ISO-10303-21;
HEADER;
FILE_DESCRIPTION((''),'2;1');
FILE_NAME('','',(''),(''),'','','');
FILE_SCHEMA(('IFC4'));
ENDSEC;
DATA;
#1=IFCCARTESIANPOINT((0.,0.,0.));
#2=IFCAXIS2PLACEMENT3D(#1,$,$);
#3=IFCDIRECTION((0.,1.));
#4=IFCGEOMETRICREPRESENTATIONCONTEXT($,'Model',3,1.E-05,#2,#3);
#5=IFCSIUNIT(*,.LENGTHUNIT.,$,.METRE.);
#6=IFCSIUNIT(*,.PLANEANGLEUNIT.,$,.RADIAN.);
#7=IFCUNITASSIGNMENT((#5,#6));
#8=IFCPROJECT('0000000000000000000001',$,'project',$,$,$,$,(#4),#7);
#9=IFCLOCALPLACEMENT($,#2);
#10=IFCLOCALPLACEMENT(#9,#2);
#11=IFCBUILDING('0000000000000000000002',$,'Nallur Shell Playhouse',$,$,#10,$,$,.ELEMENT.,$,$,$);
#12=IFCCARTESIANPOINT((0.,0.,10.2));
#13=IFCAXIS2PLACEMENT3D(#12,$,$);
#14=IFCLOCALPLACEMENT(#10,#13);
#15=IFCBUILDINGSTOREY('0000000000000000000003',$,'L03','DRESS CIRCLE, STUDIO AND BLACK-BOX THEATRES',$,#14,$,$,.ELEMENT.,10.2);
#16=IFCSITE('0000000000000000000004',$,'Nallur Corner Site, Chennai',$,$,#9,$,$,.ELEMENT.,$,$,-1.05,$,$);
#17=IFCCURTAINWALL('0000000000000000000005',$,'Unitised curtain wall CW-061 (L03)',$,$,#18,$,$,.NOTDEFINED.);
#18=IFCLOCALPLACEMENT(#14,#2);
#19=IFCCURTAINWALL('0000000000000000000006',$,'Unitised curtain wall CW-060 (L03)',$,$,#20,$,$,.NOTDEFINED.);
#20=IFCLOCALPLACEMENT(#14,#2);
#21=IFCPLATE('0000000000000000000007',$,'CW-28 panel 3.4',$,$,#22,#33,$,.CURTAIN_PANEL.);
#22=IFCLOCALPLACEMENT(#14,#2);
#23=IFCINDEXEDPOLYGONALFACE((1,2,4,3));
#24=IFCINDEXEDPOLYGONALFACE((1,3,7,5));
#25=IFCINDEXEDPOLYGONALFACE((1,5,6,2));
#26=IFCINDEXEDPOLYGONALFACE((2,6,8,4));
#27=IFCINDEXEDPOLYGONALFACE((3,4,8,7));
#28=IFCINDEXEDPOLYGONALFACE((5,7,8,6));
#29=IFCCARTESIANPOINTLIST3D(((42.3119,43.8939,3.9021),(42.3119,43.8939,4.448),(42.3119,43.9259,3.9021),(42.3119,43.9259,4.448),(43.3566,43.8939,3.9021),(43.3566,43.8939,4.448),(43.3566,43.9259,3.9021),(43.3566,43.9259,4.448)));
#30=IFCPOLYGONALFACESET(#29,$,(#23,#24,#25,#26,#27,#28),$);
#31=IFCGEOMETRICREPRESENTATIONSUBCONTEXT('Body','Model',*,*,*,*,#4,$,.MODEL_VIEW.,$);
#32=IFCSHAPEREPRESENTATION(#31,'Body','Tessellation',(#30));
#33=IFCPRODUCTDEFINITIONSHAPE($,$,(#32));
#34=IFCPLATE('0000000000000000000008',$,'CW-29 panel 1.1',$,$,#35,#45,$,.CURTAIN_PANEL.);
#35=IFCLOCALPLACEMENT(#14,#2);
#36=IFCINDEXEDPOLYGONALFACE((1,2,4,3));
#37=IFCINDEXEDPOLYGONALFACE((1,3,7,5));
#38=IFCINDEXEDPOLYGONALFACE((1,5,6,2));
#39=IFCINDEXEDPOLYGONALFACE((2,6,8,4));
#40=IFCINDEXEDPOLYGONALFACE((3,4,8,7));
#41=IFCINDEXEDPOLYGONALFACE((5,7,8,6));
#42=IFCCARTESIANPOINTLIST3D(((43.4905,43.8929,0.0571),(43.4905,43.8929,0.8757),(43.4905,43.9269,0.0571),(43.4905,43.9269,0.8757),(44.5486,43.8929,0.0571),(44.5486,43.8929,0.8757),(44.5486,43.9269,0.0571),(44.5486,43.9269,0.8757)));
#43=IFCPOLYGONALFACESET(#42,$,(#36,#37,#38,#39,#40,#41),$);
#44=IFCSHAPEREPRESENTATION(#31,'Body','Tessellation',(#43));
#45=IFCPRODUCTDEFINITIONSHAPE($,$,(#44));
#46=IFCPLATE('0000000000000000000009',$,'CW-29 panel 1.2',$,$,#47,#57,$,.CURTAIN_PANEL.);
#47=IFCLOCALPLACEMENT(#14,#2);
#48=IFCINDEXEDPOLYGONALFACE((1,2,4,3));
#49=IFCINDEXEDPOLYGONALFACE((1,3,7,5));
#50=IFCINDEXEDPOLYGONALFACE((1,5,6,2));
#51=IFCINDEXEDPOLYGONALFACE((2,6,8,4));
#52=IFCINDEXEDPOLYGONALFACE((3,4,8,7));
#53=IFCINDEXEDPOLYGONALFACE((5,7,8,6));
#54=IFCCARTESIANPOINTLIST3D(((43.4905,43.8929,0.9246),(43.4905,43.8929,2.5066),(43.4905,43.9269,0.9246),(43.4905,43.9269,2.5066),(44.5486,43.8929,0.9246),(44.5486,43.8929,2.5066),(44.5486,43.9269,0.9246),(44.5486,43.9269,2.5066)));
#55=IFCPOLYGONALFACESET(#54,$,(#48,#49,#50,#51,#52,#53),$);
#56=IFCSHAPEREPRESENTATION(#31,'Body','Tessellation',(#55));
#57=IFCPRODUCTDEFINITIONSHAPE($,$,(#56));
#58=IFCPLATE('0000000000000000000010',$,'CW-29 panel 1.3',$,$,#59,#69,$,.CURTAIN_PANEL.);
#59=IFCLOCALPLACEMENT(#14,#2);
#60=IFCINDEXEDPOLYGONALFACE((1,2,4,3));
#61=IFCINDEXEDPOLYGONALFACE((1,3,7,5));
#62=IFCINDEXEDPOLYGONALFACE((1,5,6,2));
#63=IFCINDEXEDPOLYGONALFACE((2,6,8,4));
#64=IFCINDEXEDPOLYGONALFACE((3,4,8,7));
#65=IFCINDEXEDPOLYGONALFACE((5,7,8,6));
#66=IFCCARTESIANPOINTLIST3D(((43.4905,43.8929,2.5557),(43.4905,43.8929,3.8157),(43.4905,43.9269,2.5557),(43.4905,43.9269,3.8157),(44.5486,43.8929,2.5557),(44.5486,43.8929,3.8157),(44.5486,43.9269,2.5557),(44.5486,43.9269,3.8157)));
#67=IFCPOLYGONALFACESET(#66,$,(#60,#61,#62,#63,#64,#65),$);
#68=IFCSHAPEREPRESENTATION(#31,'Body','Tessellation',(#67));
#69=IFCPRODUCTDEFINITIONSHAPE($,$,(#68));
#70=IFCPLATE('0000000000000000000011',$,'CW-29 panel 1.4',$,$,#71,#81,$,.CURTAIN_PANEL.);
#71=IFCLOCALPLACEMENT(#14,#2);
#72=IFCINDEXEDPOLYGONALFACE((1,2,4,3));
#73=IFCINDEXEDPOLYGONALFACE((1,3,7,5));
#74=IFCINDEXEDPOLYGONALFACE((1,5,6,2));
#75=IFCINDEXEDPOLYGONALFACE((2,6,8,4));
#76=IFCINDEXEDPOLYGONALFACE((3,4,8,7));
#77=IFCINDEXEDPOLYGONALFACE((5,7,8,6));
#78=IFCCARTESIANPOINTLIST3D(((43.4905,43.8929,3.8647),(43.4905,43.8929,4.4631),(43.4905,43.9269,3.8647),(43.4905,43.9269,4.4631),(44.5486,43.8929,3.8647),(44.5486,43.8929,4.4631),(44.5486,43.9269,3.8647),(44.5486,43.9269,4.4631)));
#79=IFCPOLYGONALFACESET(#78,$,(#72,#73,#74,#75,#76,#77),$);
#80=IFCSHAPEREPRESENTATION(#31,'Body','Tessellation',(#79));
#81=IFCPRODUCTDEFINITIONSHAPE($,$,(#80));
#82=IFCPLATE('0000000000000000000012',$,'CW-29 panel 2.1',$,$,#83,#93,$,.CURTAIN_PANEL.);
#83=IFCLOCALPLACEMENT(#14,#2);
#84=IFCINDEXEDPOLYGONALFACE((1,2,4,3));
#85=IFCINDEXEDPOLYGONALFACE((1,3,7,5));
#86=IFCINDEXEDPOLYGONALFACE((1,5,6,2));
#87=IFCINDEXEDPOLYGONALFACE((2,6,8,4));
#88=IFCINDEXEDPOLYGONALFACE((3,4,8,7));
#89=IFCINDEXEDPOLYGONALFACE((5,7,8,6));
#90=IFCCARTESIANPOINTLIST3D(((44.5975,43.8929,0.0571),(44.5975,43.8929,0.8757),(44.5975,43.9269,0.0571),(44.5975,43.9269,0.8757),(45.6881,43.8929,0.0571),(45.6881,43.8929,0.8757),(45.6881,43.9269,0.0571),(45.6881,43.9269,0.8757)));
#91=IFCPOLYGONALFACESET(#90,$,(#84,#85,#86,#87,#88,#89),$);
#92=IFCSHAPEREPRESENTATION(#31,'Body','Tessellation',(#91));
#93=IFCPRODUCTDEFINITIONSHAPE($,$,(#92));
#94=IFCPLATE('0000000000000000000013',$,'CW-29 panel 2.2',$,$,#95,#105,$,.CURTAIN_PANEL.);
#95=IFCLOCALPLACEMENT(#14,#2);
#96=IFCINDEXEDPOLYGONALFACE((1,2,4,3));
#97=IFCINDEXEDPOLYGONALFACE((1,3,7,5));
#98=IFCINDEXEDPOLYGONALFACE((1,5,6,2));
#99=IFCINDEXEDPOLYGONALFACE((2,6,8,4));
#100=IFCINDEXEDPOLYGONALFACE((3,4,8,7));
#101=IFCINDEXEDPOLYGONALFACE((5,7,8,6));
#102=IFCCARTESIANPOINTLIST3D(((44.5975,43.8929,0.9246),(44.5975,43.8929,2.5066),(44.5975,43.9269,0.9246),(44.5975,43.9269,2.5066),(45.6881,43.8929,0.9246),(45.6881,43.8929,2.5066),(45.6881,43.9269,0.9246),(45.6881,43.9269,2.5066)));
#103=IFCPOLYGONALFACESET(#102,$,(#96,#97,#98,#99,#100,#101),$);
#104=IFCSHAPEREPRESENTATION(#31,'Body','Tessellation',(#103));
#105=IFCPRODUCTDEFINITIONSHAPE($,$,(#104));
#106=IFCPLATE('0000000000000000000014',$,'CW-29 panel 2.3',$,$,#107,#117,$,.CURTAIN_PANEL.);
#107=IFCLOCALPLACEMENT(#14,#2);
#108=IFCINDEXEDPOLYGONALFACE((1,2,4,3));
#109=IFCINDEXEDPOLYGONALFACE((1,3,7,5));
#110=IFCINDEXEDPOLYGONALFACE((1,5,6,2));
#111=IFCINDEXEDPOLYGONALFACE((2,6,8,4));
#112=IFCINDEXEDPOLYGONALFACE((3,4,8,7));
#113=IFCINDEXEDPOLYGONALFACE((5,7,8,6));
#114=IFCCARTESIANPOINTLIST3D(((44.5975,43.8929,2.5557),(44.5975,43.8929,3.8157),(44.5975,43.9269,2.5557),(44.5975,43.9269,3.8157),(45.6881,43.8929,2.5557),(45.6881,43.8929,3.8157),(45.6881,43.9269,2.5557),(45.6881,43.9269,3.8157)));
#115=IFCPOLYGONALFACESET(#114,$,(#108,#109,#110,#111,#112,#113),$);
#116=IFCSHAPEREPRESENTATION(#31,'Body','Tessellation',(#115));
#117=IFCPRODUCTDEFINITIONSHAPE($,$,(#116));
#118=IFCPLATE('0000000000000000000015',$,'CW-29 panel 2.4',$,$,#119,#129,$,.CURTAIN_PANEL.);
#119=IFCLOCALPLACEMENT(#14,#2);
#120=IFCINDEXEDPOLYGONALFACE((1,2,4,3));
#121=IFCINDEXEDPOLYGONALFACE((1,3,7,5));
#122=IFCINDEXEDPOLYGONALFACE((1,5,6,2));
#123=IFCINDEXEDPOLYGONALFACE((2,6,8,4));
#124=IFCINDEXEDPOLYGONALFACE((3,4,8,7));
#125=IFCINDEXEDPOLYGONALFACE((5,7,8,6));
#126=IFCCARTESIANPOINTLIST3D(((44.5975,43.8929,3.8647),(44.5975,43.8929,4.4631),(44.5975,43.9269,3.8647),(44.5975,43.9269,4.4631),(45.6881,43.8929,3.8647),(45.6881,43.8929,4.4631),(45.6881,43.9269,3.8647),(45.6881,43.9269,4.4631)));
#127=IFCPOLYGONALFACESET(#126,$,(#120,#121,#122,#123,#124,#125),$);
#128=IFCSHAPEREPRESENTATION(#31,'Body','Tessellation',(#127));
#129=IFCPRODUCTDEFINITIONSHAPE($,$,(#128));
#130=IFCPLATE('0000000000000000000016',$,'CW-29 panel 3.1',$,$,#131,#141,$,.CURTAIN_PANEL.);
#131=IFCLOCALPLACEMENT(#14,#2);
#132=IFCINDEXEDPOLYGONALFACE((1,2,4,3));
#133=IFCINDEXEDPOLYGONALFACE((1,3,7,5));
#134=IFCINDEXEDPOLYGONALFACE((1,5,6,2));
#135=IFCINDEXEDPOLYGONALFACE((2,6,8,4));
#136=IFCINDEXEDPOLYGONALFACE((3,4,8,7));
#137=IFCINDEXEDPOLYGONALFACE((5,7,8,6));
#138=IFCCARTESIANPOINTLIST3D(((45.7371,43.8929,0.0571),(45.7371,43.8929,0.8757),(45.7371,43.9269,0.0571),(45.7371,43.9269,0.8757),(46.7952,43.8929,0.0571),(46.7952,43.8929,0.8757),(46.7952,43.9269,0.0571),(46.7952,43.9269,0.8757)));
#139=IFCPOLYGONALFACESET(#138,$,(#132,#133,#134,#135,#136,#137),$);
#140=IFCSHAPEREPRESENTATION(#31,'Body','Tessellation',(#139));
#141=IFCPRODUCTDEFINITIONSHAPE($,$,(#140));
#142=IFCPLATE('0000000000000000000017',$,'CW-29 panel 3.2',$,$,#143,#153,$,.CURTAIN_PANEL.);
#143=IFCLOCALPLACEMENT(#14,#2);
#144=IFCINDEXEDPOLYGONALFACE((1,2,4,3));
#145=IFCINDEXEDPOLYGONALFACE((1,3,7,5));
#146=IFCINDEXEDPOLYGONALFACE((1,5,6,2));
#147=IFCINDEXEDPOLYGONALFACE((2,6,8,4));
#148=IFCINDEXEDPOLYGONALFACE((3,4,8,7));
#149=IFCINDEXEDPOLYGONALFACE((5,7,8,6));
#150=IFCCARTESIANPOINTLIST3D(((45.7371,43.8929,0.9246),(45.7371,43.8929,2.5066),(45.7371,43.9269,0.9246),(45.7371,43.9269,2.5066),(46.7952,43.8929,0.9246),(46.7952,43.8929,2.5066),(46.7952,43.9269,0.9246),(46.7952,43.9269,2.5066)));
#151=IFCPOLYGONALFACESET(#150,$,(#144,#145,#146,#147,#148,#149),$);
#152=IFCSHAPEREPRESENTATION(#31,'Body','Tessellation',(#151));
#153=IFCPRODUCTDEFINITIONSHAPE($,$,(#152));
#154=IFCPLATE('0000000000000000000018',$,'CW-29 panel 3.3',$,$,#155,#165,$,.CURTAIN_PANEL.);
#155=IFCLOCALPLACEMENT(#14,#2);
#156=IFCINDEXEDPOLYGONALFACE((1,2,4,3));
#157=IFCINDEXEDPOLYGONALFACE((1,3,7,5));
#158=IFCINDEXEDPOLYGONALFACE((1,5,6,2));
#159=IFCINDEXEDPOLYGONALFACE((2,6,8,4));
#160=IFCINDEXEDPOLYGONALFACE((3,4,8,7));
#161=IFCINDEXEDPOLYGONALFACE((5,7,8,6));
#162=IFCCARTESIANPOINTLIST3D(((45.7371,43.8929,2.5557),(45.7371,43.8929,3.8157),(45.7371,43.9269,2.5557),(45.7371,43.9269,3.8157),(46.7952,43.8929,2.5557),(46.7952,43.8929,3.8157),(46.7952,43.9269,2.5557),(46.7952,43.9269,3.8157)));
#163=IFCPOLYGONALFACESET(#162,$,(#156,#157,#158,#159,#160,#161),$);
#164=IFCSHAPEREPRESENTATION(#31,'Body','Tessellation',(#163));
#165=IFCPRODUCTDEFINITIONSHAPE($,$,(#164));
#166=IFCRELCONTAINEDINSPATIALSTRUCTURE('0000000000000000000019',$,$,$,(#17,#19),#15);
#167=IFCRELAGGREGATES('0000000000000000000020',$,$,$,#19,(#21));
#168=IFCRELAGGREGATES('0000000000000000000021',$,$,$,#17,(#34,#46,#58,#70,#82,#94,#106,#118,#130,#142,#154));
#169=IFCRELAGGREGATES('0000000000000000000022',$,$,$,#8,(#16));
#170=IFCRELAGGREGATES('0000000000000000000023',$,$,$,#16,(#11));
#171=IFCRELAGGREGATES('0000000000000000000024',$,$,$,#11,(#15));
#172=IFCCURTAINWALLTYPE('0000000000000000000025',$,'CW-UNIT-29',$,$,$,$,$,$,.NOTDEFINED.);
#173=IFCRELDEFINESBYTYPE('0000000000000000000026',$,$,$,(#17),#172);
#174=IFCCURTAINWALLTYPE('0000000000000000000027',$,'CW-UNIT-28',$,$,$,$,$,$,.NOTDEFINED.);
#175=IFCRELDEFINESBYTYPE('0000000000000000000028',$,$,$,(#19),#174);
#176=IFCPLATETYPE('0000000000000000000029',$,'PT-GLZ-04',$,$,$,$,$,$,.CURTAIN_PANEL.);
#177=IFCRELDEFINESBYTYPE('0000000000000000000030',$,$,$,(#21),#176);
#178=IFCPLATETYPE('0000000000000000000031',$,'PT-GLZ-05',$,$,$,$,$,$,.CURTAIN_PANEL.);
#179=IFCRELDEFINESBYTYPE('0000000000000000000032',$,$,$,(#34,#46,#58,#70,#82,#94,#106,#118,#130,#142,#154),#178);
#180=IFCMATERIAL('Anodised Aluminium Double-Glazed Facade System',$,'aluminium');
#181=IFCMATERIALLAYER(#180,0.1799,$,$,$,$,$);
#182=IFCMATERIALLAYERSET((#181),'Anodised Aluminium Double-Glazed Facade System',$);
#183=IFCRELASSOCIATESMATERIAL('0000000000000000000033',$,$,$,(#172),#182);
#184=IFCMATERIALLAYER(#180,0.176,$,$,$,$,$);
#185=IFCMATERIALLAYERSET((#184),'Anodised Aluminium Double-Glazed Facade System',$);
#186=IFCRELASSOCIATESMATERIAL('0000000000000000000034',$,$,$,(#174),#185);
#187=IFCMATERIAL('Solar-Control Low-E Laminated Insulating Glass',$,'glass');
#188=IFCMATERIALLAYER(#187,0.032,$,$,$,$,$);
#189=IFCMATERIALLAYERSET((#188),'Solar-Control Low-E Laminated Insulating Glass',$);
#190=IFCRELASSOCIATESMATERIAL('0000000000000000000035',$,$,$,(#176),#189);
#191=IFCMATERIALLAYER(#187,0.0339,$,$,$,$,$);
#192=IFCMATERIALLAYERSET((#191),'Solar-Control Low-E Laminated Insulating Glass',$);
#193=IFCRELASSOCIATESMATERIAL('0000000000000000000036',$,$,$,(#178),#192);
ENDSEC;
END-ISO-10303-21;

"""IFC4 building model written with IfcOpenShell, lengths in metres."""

from ifc_helpers import new_model, si_unit, direction, frame, origin, origin_2d, place, context, subcontext, project, spatial, rectangle, extrude, material, layer, layer_set, type_object, element, aggregate, save


model = new_model("IFC4")

# Units and contexts
model_context = context("Model", 3, precision=1e-05, world=origin(), true_north=direction((0.0, 1.0)))
body_context = subcontext(model_context, "Body", "Model", "MODEL_VIEW")
ifc_project = project(units=[si_unit("LENGTHUNIT", "METRE"), si_unit("PLANEANGLEUNIT", "RADIAN")], contexts=[model_context])

# Site, building, storey
site_placement = place(None, origin())
site = spatial("IfcSite", under=ifc_project, at=site_placement, Name="Nallur Corner Site, Chennai", CompositionType="ELEMENT", RefElevation=-1.05)
building_placement = place(site_placement, origin())
building = spatial("IfcBuilding", under=site, at=building_placement, Name="Nallur Shell Playhouse", CompositionType="ELEMENT")
storey_placement = place(building_placement, frame((0.0, 0.0, 10.2)))
storey = spatial("IfcBuildingStorey", under=building, at=storey_placement, Name="L03", Description="DRESS CIRCLE, STUDIO AND BLACK-BOX THEATRES", CompositionType="ELEMENT", Elevation=10.2)

# Curtain wall
ifc_material_1 = material(Name="Anodised Aluminium Double-Glazed Facade System", Category="aluminium")
ifc_layer_1 = layer(ifc_material_1, 0.1799)
ifc_layer_set_1 = layer_set([ifc_layer_1], Name="Anodised Aluminium Double-Glazed Facade System")
curtain_wall_type_1 = type_object("IfcCurtainWallType", Name="CW-UNIT-29", PredefinedType="NOTDEFINED", material=ifc_layer_set_1)
curtain_wall_1_placement = place(storey_placement, origin())
curtain_wall_1 = element("IfcCurtainWall", 1, at=curtain_wall_1_placement, inside=storey, type_object=curtain_wall_type_1, Name="Unitised curtain wall CW-061 (L03)", PredefinedType="NOTDEFINED")

# Curtain wall
ifc_layer_2 = layer(ifc_material_1, 0.176)
ifc_layer_set_2 = layer_set([ifc_layer_2], Name="Anodised Aluminium Double-Glazed Facade System")
curtain_wall_type_2 = type_object("IfcCurtainWallType", Name="CW-UNIT-28", PredefinedType="NOTDEFINED", material=ifc_layer_set_2)
curtain_wall_2_placement = place(storey_placement, origin())
curtain_wall_2 = element("IfcCurtainWall", 2, at=curtain_wall_2_placement, inside=storey, type_object=curtain_wall_type_2, Name="Unitised curtain wall CW-060 (L03)", PredefinedType="NOTDEFINED")

# Plates
ifc_material_2 = material(Name="Solar-Control Low-E Laminated Insulating Glass", Category="glass")
ifc_layer_3 = layer(ifc_material_2, 0.032)
ifc_layer_set_3 = layer_set([ifc_layer_3], Name="Solar-Control Low-E Laminated Insulating Glass")
plate_type_1 = type_object("IfcPlateType", Name="PT-GLZ-04", PredefinedType="CURTAIN_PANEL", material=ifc_layer_set_3)
plate_1_placement = place(storey_placement, frame((42.8342, 43.9099, 3.9021), z_axis=(0.0, 0.0, 1.0), x_axis=(1.0, 0.0, 0.0)))
plate_1 = element("IfcPlate", 3, at=plate_1_placement, type_object=plate_type_1, Name="CW-28 panel 3.4", PredefinedType="CURTAIN_PANEL", context=body_context, shape_type="SweptSolid", body=[
    extrude(rectangle(XDim=1.0447, YDim=0.032, at=origin_2d()), origin(), (0.0, 0.0, 1.0), 0.5459),
])
aggregate(curtain_wall_2, [plate_1])
ifc_layer_4 = layer(ifc_material_2, 0.0339)
ifc_layer_set_4 = layer_set([ifc_layer_4], Name="Solar-Control Low-E Laminated Insulating Glass")
plate_type_2 = type_object("IfcPlateType", Name="PT-GLZ-05", PredefinedType="CURTAIN_PANEL", material=ifc_layer_set_4)
plate_2_placement = place(storey_placement, frame((44.0195, 43.9099, 0.0571), z_axis=(0.0, 0.0, 1.0), x_axis=(1.0, 0.0, 0.0)))
plate_2 = element("IfcPlate", 4, at=plate_2_placement, type_object=plate_type_2, Name="CW-29 panel 1.1", PredefinedType="CURTAIN_PANEL", context=body_context, shape_type="SweptSolid", body=[
    extrude(rectangle(XDim=1.0581, YDim=0.0339, at=origin_2d()), origin(), (0.0, 0.0, 1.0), 0.8186),
])
plate_3_placement = place(storey_placement, frame((44.0195, 43.9099, 0.9246), z_axis=(0.0, 0.0, 1.0), x_axis=(1.0, 0.0, 0.0)))
plate_3 = element("IfcPlate", 5, at=plate_3_placement, type_object=plate_type_2, Name="CW-29 panel 1.2", PredefinedType="CURTAIN_PANEL", context=body_context, shape_type="SweptSolid", body=[
    extrude(rectangle(XDim=1.0581, YDim=0.0339, at=origin_2d()), origin(), (0.0, 0.0, 1.0), 1.582),
])
plate_4_placement = place(storey_placement, frame((44.0195, 43.9099, 2.5557), z_axis=(0.0, 0.0, 1.0), x_axis=(1.0, 0.0, 0.0)))
plate_4 = element("IfcPlate", 6, at=plate_4_placement, type_object=plate_type_2, Name="CW-29 panel 1.3", PredefinedType="CURTAIN_PANEL", context=body_context, shape_type="SweptSolid", body=[
    extrude(rectangle(XDim=1.0581, YDim=0.0339, at=origin_2d()), origin(), (0.0, 0.0, 1.0), 1.26),
])
plate_5_placement = place(storey_placement, frame((44.0195, 43.9099, 3.8647), z_axis=(0.0, 0.0, 1.0), x_axis=(1.0, 0.0, 0.0)))
plate_5 = element("IfcPlate", 7, at=plate_5_placement, type_object=plate_type_2, Name="CW-29 panel 1.4", PredefinedType="CURTAIN_PANEL", context=body_context, shape_type="SweptSolid", body=[
    extrude(rectangle(XDim=1.0581, YDim=0.0339, at=origin_2d()), origin(), (0.0, 0.0, 1.0), 0.5984),
])
plate_6_placement = place(storey_placement, frame((45.1428, 43.9099, 0.0571), z_axis=(0.0, 0.0, 1.0), x_axis=(1.0, 0.0, 0.0)))
plate_6 = element("IfcPlate", 8, at=plate_6_placement, type_object=plate_type_2, Name="CW-29 panel 2.1", PredefinedType="CURTAIN_PANEL", context=body_context, shape_type="SweptSolid", body=[
    extrude(rectangle(XDim=1.0906, YDim=0.0339, at=origin_2d()), origin(), (0.0, 0.0, 1.0), 0.8186),
])
plate_7_placement = place(storey_placement, frame((45.1428, 43.9099, 0.9246), z_axis=(0.0, 0.0, 1.0), x_axis=(1.0, 0.0, 0.0)))
plate_7 = element("IfcPlate", 9, at=plate_7_placement, type_object=plate_type_2, Name="CW-29 panel 2.2", PredefinedType="CURTAIN_PANEL", context=body_context, shape_type="SweptSolid", body=[
    extrude(rectangle(XDim=1.0906, YDim=0.0339, at=origin_2d()), origin(), (0.0, 0.0, 1.0), 1.582),
])
plate_8_placement = place(storey_placement, frame((45.1428, 43.9099, 2.5557), z_axis=(0.0, 0.0, 1.0), x_axis=(1.0, 0.0, 0.0)))
plate_8 = element("IfcPlate", 10, at=plate_8_placement, type_object=plate_type_2, Name="CW-29 panel 2.3", PredefinedType="CURTAIN_PANEL", context=body_context, shape_type="SweptSolid", body=[
    extrude(rectangle(XDim=1.0906, YDim=0.0339, at=origin_2d()), origin(), (0.0, 0.0, 1.0), 1.26),
])
plate_9_placement = place(storey_placement, frame((45.1428, 43.9099, 3.8647), z_axis=(0.0, 0.0, 1.0), x_axis=(1.0, 0.0, 0.0)))
plate_9 = element("IfcPlate", 11, at=plate_9_placement, type_object=plate_type_2, Name="CW-29 panel 2.4", PredefinedType="CURTAIN_PANEL", context=body_context, shape_type="SweptSolid", body=[
    extrude(rectangle(XDim=1.0906, YDim=0.0339, at=origin_2d()), origin(), (0.0, 0.0, 1.0), 0.5984),
])
plate_10_placement = place(storey_placement, frame((46.2661, 43.9099, 0.0571), z_axis=(0.0, 0.0, 1.0), x_axis=(1.0, 0.0, 0.0)))
plate_10 = element("IfcPlate", 12, at=plate_10_placement, type_object=plate_type_2, Name="CW-29 panel 3.1", PredefinedType="CURTAIN_PANEL", context=body_context, shape_type="SweptSolid", body=[
    extrude(rectangle(XDim=1.0581, YDim=0.0339, at=origin_2d()), origin(), (0.0, 0.0, 1.0), 0.8186),
])
plate_11_placement = place(storey_placement, frame((46.2661, 43.9099, 0.9246), z_axis=(0.0, 0.0, 1.0), x_axis=(1.0, 0.0, 0.0)))
plate_11 = element("IfcPlate", 13, at=plate_11_placement, type_object=plate_type_2, Name="CW-29 panel 3.2", PredefinedType="CURTAIN_PANEL", context=body_context, shape_type="SweptSolid", body=[
    extrude(rectangle(XDim=1.0581, YDim=0.0339, at=origin_2d()), origin(), (0.0, 0.0, 1.0), 1.582),
])
plate_12_placement = place(storey_placement, frame((46.2661, 43.9099, 2.5557), z_axis=(0.0, 0.0, 1.0), x_axis=(1.0, 0.0, 0.0)))
plate_12 = element("IfcPlate", 14, at=plate_12_placement, type_object=plate_type_2, Name="CW-29 panel 3.3", PredefinedType="CURTAIN_PANEL", context=body_context, shape_type="SweptSolid", body=[
    extrude(rectangle(XDim=1.0581, YDim=0.0339, at=origin_2d()), origin(), (0.0, 0.0, 1.0), 1.26),
])
aggregate(curtain_wall_1, [plate_2, plate_3, plate_4, plate_5, plate_6, plate_7, plate_8, plate_9, plate_10, plate_11, plate_12])

save(model, "model.ifc")
